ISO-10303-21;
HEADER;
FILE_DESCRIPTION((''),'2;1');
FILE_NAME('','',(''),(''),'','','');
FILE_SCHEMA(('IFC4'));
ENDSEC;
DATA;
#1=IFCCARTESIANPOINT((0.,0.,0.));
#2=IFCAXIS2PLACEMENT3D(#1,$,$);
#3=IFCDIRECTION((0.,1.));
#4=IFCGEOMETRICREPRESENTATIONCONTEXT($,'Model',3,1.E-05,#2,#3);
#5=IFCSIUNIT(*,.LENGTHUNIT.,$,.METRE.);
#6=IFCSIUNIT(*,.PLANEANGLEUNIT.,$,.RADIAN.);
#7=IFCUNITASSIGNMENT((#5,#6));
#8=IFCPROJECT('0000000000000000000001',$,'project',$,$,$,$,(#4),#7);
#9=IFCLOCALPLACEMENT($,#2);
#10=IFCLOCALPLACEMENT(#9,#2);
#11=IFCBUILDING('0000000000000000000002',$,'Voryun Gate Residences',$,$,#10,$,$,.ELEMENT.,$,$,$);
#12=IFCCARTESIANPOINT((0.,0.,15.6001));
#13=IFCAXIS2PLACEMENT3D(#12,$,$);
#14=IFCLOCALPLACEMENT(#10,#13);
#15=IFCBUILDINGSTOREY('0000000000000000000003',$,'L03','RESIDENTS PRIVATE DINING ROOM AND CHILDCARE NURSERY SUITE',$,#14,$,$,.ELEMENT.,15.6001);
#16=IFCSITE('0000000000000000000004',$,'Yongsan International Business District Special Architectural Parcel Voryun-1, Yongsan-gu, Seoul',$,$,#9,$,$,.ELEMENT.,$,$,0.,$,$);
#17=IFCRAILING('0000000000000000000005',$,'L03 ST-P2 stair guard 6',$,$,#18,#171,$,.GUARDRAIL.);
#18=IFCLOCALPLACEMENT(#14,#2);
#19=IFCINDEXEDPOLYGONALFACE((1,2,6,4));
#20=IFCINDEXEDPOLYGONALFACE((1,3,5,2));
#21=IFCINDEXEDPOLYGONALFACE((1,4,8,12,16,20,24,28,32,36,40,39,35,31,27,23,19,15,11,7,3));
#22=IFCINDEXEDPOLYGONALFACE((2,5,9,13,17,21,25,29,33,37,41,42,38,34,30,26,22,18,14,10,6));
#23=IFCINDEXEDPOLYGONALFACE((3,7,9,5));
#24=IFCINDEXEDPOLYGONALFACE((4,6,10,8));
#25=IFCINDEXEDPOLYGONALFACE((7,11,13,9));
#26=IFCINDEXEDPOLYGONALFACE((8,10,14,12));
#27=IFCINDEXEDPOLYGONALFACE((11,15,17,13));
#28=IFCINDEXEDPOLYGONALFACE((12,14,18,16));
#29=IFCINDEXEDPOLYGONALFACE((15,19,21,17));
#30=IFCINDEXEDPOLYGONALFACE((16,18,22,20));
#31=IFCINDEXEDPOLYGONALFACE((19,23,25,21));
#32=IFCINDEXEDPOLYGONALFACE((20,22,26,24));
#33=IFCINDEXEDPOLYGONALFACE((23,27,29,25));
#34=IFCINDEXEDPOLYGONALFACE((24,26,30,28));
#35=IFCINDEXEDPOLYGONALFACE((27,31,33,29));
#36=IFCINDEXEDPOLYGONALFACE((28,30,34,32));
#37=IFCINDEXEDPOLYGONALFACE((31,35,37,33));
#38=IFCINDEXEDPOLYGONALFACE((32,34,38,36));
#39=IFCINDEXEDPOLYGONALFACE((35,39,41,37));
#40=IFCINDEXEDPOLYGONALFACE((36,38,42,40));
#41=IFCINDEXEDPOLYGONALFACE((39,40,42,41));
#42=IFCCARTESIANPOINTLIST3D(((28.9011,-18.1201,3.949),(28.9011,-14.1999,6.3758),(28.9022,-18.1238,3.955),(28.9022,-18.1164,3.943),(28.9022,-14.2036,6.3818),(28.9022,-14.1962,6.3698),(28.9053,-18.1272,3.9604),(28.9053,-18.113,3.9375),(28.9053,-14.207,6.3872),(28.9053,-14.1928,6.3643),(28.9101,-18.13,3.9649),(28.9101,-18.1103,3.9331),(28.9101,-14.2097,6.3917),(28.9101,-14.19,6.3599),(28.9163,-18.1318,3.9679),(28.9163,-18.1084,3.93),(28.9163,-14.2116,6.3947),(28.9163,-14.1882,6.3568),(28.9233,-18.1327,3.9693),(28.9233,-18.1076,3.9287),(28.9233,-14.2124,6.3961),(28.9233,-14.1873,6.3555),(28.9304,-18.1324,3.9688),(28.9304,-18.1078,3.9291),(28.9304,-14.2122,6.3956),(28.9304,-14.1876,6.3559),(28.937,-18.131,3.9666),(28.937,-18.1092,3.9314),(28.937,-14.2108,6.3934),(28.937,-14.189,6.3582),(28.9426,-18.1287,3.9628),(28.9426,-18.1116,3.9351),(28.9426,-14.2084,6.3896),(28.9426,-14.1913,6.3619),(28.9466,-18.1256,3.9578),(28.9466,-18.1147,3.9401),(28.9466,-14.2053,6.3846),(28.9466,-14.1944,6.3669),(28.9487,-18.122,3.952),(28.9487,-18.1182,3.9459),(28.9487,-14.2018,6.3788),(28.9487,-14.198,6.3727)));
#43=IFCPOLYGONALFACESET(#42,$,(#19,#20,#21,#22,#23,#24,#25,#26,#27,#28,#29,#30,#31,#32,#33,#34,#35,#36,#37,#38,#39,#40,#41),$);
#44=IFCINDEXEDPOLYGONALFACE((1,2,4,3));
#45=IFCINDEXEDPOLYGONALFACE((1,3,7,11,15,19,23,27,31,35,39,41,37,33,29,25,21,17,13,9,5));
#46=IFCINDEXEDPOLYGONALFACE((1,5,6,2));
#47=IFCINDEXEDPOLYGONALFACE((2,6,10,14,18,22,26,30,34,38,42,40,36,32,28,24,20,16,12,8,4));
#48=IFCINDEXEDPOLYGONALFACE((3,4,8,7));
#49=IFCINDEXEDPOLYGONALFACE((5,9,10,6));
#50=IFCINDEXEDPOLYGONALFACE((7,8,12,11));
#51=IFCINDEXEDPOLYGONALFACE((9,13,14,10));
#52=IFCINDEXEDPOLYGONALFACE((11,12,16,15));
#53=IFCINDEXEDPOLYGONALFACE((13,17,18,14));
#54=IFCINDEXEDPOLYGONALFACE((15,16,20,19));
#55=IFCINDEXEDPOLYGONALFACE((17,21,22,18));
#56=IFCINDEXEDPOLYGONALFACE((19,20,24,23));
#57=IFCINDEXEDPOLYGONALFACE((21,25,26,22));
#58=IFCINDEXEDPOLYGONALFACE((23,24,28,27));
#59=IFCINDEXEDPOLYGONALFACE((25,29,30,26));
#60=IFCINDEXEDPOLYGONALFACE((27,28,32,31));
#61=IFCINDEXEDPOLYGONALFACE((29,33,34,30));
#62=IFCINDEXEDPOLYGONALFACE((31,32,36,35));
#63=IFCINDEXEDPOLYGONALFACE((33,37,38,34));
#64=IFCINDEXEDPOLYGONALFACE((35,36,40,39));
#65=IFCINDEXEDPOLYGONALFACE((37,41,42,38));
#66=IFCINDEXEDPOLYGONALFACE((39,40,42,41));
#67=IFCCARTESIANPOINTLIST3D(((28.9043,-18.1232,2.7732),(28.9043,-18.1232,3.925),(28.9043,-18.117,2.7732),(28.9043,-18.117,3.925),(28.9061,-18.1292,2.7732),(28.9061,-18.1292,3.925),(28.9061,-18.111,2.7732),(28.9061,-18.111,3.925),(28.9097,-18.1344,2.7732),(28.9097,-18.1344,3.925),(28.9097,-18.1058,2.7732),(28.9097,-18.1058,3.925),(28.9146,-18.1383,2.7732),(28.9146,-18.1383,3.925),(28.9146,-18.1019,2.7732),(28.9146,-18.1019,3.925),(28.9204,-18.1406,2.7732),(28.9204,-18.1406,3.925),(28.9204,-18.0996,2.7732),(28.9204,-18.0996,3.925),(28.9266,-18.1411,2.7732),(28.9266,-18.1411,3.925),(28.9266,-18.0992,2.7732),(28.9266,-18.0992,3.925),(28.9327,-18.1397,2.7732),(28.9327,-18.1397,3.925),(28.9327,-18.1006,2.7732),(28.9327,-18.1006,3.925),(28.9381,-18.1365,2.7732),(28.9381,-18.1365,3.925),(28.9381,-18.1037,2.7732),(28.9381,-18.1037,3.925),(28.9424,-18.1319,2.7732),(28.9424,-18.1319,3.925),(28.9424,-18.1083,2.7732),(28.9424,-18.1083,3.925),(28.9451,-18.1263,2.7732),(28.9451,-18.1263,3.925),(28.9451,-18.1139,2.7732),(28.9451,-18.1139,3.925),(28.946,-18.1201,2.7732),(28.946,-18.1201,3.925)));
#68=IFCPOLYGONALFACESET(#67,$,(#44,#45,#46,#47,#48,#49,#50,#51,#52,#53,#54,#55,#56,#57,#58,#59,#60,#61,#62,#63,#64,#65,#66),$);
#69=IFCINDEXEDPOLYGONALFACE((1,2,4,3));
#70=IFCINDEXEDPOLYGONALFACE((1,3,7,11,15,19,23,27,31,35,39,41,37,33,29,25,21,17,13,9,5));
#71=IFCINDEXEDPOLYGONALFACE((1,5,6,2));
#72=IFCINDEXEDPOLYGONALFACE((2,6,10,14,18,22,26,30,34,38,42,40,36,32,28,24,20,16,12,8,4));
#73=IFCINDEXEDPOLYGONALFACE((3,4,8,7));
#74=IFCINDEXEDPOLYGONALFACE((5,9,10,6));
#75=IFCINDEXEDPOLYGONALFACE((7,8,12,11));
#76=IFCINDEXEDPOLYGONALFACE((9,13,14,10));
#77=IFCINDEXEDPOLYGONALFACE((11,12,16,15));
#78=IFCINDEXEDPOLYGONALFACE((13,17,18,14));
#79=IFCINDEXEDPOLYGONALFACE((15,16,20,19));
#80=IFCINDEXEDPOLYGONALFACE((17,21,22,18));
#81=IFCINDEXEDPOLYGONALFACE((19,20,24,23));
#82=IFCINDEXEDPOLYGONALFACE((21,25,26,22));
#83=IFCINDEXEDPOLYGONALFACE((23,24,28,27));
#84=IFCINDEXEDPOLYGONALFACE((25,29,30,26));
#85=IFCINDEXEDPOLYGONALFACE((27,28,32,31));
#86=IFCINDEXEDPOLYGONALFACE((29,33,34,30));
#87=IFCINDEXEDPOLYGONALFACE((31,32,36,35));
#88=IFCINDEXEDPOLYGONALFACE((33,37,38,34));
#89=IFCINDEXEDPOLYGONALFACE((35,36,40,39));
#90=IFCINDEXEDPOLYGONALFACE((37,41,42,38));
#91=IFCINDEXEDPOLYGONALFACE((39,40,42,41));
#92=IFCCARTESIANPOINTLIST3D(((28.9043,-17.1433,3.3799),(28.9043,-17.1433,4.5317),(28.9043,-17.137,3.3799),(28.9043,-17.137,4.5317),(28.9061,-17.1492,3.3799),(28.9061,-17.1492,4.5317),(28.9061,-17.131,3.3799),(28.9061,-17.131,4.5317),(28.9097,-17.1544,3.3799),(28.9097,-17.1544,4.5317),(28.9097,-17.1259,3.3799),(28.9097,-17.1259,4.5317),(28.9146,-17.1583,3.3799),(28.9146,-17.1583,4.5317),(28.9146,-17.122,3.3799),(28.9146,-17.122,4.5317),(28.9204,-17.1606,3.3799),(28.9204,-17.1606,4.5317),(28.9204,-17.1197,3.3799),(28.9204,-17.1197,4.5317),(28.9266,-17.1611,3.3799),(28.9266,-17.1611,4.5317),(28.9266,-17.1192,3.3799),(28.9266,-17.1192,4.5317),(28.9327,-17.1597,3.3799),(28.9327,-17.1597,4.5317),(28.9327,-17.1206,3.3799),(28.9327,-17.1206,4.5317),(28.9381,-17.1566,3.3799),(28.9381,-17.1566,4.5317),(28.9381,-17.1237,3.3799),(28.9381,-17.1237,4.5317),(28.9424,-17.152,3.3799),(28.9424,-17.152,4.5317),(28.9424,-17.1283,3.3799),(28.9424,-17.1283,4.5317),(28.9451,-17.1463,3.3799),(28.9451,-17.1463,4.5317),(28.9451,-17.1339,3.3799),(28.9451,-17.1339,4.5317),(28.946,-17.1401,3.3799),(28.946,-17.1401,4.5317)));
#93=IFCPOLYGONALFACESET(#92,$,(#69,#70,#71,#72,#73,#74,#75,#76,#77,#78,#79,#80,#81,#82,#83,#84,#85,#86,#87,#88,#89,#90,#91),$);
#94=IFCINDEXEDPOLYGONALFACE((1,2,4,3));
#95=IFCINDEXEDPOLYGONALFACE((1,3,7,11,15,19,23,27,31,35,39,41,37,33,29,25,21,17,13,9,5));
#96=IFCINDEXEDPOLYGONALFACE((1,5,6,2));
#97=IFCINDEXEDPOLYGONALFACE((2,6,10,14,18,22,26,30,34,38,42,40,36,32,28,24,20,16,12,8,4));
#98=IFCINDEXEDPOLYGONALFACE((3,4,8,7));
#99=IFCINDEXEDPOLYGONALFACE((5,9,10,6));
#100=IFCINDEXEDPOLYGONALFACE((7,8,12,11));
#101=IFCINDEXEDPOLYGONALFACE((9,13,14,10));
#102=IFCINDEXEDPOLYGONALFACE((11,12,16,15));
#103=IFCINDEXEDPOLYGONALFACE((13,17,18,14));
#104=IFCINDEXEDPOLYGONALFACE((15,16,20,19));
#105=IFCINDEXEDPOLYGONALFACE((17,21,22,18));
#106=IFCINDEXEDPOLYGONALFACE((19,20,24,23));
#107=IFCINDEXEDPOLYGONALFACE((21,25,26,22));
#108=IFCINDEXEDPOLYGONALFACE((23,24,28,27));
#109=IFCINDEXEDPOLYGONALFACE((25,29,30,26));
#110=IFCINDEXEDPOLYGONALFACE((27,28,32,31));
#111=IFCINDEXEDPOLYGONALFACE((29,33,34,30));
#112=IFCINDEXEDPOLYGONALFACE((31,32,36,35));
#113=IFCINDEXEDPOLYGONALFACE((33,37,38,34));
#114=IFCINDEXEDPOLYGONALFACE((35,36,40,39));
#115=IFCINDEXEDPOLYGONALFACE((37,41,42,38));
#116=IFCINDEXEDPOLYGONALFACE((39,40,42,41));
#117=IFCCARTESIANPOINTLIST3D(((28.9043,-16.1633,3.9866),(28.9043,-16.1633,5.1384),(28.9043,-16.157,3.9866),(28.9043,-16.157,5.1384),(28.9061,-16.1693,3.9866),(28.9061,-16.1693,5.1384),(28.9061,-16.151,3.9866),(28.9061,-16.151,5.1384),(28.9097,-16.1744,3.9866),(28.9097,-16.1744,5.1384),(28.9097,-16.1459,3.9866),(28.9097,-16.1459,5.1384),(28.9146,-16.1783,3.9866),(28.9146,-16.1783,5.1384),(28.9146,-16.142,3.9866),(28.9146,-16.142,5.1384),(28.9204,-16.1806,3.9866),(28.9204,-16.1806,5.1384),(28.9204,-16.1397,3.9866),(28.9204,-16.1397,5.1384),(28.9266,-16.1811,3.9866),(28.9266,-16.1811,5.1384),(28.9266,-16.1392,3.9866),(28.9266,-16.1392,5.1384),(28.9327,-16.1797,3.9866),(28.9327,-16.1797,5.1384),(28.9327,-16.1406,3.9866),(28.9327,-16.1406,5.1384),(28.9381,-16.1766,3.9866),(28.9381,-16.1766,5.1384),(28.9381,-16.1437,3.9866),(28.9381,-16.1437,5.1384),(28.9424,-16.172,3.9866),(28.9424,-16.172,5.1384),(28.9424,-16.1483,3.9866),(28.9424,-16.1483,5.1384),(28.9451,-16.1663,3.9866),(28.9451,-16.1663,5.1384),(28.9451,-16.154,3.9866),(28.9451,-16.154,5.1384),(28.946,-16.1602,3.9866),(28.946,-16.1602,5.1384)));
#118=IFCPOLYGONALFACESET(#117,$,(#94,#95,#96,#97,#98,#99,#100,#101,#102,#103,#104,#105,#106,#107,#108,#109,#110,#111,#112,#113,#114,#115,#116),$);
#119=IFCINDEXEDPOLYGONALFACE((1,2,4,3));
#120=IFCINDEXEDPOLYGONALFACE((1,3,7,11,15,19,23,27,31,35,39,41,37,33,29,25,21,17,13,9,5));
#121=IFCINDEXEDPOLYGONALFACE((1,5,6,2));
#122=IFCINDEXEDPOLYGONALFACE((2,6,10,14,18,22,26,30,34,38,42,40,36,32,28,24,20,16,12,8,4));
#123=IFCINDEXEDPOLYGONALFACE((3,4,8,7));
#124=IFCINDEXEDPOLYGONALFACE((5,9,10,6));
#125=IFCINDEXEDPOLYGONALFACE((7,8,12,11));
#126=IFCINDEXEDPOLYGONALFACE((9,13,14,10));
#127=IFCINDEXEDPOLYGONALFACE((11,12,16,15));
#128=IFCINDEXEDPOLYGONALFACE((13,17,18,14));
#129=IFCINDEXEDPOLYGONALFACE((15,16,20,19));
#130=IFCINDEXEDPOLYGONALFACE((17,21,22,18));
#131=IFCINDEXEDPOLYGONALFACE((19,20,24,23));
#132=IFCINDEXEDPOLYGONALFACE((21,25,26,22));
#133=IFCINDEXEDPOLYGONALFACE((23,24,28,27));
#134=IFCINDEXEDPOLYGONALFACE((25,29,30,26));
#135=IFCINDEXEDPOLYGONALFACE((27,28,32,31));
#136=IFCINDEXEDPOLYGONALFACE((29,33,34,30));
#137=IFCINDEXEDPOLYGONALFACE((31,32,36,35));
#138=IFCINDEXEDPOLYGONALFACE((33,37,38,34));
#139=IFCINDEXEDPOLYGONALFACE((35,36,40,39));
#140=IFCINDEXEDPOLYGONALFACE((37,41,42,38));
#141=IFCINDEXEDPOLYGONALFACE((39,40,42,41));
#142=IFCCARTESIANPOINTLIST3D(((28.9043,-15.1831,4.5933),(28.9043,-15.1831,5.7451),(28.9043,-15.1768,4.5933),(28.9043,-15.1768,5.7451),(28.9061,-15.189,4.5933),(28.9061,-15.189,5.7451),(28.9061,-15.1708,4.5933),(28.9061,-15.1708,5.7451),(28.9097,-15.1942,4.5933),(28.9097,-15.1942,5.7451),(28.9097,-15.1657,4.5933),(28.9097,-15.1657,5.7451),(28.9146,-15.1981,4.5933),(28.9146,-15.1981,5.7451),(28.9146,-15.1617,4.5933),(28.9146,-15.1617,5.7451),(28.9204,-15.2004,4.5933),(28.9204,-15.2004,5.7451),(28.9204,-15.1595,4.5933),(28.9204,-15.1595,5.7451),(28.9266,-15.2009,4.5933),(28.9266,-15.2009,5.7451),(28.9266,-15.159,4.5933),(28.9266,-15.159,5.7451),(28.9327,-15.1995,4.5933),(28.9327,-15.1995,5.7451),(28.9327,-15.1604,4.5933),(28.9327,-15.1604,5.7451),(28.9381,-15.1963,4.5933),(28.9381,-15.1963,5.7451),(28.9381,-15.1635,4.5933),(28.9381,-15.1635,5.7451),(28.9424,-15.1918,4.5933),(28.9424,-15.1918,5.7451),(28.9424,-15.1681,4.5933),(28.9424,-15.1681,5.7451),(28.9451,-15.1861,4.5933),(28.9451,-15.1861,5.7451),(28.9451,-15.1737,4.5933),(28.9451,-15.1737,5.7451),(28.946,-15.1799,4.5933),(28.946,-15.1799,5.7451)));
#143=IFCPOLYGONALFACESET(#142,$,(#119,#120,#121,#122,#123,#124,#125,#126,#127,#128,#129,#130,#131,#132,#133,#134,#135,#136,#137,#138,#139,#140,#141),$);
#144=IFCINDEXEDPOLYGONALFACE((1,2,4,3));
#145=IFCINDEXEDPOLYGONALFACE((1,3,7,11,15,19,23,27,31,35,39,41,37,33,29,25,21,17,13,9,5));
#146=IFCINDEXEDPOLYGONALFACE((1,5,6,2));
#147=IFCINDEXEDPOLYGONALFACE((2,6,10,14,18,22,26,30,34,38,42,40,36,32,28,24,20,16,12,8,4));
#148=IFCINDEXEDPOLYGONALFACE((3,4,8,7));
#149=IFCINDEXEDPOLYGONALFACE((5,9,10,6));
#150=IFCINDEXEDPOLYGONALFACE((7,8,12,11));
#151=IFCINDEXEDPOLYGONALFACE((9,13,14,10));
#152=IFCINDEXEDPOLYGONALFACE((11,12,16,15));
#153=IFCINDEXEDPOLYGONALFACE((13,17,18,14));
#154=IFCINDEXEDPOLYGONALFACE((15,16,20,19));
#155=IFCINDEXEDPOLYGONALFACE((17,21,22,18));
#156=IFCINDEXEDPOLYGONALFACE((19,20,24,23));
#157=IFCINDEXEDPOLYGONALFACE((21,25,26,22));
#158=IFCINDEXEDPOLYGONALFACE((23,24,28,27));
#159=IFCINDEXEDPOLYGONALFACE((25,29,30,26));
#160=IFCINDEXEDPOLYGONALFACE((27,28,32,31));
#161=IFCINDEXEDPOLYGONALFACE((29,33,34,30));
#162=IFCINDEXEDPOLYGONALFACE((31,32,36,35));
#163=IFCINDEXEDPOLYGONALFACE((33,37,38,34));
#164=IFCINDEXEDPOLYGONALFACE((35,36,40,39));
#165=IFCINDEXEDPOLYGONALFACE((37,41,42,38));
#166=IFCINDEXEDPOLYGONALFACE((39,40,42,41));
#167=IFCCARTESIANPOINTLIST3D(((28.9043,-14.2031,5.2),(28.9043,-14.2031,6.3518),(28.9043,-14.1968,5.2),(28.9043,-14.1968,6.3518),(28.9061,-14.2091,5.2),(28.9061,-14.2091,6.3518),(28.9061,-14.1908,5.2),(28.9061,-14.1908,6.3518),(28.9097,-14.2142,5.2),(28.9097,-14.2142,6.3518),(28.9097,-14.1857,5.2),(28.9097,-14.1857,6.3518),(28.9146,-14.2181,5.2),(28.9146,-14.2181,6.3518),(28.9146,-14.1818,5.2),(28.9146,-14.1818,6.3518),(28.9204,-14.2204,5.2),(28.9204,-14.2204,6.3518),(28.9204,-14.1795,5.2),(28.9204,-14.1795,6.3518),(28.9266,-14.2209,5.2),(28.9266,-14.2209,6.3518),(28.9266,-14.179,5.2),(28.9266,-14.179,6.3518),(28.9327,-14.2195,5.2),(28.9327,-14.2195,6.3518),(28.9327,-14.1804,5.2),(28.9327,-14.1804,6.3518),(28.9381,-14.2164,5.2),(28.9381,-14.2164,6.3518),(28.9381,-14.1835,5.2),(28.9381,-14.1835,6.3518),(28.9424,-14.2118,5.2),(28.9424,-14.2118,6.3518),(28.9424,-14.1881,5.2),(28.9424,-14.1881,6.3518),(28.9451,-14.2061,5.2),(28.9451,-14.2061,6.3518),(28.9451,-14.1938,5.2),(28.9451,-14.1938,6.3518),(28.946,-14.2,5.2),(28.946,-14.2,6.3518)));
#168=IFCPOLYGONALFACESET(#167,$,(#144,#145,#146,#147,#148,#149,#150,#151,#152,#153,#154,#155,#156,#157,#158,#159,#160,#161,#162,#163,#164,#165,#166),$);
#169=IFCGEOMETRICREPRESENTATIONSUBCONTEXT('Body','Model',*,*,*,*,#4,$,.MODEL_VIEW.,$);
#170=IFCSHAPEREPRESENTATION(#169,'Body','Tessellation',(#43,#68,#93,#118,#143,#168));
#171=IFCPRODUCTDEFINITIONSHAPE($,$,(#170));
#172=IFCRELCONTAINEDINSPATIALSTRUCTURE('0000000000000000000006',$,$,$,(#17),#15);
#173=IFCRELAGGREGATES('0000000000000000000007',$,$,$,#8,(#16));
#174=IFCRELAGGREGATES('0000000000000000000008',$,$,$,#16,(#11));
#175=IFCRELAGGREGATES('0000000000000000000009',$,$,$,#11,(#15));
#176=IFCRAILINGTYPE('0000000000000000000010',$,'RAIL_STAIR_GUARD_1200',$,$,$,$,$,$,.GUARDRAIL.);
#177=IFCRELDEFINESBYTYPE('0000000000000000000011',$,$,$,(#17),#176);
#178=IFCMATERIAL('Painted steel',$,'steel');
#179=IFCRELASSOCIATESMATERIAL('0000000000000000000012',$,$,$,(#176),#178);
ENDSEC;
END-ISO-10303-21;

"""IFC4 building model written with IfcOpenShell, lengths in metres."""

from ifc_helpers import new_model, si_unit, direction, frame, origin, origin_2d, place, context, subcontext, project, spatial, circle, extrude, material, type_object, element, save


model = new_model("IFC4")

# Units and contexts
model_context = context("Model", 3, precision=1e-05, world=origin(), true_north=direction((0.0, 1.0)))
body_context = subcontext(model_context, "Body", "Model", "MODEL_VIEW")
ifc_project = project(units=[si_unit("LENGTHUNIT", "METRE"), si_unit("PLANEANGLEUNIT", "RADIAN")], contexts=[model_context])

# Site, building, storey
site_placement = place(None, origin())
site = spatial("IfcSite", under=ifc_project, at=site_placement, Name="Yongsan International Business District Special Architectural Parcel Voryun-1, Yongsan-gu, Seoul", CompositionType="ELEMENT", RefElevation=0.0)
building_placement = place(site_placement, origin())
building = spatial("IfcBuilding", under=site, at=building_placement, Name="Voryun Gate Residences", CompositionType="ELEMENT")
storey_placement = place(building_placement, frame((0.0, 0.0, 15.6001)))
storey = spatial("IfcBuildingStorey", under=building, at=storey_placement, Name="L03", Description="RESIDENTS PRIVATE DINING ROOM AND CHILDCARE NURSERY SUITE", CompositionType="ELEMENT", Elevation=15.6001)

# Railing
ifc_material_1 = material(Name="Painted steel", Category="steel")
railing_type_1 = type_object("IfcRailingType", Name="RAIL_STAIR_GUARD_1200", PredefinedType="GUARDRAIL", material=ifc_material_1)
railing_1_placement = place(storey_placement, frame((28.925, -18.1201, 2.7732)))
element("IfcRailing", 1, at=railing_1_placement, inside=storey, type_object=railing_type_1, Name="L03 ST-P2 stair guard 6", PredefinedType="GUARDRAIL", context=body_context, shape_type="SweptSolid", body=[
    extrude(circle(Radius=0.0239, at=origin_2d()), frame((0.0, 0.0, 1.1758), z_axis=(0.0, 0.850266, 0.526353), x_axis=(-1.0, 0.0, 0.0)), (0.0, 0.0, 1.0), 4.6106),
    extrude(circle(Radius=0.021, at=origin_2d()), origin(), (0.0, 0.0, 1.0), 1.1519),
    extrude(circle(Radius=0.021, at=origin_2d()), frame((0.0, 0.98, 0.6067)), (0.0, 0.0, 1.0), 1.1519),
    extrude(circle(Radius=0.021, at=origin_2d()), frame((0.0, 1.96, 1.2134)), (0.0, 0.0, 1.0), 1.1519),
    extrude(circle(Radius=0.021, at=origin_2d()), frame((0.0, 2.9402, 1.8201)), (0.0, 0.0, 1.0), 1.1519),
    extrude(circle(Radius=0.021, at=origin_2d()), frame((0.0, 3.9202, 2.4268)), (0.0, 0.0, 1.0), 1.1519),
])

save(model, "model.ifc")
